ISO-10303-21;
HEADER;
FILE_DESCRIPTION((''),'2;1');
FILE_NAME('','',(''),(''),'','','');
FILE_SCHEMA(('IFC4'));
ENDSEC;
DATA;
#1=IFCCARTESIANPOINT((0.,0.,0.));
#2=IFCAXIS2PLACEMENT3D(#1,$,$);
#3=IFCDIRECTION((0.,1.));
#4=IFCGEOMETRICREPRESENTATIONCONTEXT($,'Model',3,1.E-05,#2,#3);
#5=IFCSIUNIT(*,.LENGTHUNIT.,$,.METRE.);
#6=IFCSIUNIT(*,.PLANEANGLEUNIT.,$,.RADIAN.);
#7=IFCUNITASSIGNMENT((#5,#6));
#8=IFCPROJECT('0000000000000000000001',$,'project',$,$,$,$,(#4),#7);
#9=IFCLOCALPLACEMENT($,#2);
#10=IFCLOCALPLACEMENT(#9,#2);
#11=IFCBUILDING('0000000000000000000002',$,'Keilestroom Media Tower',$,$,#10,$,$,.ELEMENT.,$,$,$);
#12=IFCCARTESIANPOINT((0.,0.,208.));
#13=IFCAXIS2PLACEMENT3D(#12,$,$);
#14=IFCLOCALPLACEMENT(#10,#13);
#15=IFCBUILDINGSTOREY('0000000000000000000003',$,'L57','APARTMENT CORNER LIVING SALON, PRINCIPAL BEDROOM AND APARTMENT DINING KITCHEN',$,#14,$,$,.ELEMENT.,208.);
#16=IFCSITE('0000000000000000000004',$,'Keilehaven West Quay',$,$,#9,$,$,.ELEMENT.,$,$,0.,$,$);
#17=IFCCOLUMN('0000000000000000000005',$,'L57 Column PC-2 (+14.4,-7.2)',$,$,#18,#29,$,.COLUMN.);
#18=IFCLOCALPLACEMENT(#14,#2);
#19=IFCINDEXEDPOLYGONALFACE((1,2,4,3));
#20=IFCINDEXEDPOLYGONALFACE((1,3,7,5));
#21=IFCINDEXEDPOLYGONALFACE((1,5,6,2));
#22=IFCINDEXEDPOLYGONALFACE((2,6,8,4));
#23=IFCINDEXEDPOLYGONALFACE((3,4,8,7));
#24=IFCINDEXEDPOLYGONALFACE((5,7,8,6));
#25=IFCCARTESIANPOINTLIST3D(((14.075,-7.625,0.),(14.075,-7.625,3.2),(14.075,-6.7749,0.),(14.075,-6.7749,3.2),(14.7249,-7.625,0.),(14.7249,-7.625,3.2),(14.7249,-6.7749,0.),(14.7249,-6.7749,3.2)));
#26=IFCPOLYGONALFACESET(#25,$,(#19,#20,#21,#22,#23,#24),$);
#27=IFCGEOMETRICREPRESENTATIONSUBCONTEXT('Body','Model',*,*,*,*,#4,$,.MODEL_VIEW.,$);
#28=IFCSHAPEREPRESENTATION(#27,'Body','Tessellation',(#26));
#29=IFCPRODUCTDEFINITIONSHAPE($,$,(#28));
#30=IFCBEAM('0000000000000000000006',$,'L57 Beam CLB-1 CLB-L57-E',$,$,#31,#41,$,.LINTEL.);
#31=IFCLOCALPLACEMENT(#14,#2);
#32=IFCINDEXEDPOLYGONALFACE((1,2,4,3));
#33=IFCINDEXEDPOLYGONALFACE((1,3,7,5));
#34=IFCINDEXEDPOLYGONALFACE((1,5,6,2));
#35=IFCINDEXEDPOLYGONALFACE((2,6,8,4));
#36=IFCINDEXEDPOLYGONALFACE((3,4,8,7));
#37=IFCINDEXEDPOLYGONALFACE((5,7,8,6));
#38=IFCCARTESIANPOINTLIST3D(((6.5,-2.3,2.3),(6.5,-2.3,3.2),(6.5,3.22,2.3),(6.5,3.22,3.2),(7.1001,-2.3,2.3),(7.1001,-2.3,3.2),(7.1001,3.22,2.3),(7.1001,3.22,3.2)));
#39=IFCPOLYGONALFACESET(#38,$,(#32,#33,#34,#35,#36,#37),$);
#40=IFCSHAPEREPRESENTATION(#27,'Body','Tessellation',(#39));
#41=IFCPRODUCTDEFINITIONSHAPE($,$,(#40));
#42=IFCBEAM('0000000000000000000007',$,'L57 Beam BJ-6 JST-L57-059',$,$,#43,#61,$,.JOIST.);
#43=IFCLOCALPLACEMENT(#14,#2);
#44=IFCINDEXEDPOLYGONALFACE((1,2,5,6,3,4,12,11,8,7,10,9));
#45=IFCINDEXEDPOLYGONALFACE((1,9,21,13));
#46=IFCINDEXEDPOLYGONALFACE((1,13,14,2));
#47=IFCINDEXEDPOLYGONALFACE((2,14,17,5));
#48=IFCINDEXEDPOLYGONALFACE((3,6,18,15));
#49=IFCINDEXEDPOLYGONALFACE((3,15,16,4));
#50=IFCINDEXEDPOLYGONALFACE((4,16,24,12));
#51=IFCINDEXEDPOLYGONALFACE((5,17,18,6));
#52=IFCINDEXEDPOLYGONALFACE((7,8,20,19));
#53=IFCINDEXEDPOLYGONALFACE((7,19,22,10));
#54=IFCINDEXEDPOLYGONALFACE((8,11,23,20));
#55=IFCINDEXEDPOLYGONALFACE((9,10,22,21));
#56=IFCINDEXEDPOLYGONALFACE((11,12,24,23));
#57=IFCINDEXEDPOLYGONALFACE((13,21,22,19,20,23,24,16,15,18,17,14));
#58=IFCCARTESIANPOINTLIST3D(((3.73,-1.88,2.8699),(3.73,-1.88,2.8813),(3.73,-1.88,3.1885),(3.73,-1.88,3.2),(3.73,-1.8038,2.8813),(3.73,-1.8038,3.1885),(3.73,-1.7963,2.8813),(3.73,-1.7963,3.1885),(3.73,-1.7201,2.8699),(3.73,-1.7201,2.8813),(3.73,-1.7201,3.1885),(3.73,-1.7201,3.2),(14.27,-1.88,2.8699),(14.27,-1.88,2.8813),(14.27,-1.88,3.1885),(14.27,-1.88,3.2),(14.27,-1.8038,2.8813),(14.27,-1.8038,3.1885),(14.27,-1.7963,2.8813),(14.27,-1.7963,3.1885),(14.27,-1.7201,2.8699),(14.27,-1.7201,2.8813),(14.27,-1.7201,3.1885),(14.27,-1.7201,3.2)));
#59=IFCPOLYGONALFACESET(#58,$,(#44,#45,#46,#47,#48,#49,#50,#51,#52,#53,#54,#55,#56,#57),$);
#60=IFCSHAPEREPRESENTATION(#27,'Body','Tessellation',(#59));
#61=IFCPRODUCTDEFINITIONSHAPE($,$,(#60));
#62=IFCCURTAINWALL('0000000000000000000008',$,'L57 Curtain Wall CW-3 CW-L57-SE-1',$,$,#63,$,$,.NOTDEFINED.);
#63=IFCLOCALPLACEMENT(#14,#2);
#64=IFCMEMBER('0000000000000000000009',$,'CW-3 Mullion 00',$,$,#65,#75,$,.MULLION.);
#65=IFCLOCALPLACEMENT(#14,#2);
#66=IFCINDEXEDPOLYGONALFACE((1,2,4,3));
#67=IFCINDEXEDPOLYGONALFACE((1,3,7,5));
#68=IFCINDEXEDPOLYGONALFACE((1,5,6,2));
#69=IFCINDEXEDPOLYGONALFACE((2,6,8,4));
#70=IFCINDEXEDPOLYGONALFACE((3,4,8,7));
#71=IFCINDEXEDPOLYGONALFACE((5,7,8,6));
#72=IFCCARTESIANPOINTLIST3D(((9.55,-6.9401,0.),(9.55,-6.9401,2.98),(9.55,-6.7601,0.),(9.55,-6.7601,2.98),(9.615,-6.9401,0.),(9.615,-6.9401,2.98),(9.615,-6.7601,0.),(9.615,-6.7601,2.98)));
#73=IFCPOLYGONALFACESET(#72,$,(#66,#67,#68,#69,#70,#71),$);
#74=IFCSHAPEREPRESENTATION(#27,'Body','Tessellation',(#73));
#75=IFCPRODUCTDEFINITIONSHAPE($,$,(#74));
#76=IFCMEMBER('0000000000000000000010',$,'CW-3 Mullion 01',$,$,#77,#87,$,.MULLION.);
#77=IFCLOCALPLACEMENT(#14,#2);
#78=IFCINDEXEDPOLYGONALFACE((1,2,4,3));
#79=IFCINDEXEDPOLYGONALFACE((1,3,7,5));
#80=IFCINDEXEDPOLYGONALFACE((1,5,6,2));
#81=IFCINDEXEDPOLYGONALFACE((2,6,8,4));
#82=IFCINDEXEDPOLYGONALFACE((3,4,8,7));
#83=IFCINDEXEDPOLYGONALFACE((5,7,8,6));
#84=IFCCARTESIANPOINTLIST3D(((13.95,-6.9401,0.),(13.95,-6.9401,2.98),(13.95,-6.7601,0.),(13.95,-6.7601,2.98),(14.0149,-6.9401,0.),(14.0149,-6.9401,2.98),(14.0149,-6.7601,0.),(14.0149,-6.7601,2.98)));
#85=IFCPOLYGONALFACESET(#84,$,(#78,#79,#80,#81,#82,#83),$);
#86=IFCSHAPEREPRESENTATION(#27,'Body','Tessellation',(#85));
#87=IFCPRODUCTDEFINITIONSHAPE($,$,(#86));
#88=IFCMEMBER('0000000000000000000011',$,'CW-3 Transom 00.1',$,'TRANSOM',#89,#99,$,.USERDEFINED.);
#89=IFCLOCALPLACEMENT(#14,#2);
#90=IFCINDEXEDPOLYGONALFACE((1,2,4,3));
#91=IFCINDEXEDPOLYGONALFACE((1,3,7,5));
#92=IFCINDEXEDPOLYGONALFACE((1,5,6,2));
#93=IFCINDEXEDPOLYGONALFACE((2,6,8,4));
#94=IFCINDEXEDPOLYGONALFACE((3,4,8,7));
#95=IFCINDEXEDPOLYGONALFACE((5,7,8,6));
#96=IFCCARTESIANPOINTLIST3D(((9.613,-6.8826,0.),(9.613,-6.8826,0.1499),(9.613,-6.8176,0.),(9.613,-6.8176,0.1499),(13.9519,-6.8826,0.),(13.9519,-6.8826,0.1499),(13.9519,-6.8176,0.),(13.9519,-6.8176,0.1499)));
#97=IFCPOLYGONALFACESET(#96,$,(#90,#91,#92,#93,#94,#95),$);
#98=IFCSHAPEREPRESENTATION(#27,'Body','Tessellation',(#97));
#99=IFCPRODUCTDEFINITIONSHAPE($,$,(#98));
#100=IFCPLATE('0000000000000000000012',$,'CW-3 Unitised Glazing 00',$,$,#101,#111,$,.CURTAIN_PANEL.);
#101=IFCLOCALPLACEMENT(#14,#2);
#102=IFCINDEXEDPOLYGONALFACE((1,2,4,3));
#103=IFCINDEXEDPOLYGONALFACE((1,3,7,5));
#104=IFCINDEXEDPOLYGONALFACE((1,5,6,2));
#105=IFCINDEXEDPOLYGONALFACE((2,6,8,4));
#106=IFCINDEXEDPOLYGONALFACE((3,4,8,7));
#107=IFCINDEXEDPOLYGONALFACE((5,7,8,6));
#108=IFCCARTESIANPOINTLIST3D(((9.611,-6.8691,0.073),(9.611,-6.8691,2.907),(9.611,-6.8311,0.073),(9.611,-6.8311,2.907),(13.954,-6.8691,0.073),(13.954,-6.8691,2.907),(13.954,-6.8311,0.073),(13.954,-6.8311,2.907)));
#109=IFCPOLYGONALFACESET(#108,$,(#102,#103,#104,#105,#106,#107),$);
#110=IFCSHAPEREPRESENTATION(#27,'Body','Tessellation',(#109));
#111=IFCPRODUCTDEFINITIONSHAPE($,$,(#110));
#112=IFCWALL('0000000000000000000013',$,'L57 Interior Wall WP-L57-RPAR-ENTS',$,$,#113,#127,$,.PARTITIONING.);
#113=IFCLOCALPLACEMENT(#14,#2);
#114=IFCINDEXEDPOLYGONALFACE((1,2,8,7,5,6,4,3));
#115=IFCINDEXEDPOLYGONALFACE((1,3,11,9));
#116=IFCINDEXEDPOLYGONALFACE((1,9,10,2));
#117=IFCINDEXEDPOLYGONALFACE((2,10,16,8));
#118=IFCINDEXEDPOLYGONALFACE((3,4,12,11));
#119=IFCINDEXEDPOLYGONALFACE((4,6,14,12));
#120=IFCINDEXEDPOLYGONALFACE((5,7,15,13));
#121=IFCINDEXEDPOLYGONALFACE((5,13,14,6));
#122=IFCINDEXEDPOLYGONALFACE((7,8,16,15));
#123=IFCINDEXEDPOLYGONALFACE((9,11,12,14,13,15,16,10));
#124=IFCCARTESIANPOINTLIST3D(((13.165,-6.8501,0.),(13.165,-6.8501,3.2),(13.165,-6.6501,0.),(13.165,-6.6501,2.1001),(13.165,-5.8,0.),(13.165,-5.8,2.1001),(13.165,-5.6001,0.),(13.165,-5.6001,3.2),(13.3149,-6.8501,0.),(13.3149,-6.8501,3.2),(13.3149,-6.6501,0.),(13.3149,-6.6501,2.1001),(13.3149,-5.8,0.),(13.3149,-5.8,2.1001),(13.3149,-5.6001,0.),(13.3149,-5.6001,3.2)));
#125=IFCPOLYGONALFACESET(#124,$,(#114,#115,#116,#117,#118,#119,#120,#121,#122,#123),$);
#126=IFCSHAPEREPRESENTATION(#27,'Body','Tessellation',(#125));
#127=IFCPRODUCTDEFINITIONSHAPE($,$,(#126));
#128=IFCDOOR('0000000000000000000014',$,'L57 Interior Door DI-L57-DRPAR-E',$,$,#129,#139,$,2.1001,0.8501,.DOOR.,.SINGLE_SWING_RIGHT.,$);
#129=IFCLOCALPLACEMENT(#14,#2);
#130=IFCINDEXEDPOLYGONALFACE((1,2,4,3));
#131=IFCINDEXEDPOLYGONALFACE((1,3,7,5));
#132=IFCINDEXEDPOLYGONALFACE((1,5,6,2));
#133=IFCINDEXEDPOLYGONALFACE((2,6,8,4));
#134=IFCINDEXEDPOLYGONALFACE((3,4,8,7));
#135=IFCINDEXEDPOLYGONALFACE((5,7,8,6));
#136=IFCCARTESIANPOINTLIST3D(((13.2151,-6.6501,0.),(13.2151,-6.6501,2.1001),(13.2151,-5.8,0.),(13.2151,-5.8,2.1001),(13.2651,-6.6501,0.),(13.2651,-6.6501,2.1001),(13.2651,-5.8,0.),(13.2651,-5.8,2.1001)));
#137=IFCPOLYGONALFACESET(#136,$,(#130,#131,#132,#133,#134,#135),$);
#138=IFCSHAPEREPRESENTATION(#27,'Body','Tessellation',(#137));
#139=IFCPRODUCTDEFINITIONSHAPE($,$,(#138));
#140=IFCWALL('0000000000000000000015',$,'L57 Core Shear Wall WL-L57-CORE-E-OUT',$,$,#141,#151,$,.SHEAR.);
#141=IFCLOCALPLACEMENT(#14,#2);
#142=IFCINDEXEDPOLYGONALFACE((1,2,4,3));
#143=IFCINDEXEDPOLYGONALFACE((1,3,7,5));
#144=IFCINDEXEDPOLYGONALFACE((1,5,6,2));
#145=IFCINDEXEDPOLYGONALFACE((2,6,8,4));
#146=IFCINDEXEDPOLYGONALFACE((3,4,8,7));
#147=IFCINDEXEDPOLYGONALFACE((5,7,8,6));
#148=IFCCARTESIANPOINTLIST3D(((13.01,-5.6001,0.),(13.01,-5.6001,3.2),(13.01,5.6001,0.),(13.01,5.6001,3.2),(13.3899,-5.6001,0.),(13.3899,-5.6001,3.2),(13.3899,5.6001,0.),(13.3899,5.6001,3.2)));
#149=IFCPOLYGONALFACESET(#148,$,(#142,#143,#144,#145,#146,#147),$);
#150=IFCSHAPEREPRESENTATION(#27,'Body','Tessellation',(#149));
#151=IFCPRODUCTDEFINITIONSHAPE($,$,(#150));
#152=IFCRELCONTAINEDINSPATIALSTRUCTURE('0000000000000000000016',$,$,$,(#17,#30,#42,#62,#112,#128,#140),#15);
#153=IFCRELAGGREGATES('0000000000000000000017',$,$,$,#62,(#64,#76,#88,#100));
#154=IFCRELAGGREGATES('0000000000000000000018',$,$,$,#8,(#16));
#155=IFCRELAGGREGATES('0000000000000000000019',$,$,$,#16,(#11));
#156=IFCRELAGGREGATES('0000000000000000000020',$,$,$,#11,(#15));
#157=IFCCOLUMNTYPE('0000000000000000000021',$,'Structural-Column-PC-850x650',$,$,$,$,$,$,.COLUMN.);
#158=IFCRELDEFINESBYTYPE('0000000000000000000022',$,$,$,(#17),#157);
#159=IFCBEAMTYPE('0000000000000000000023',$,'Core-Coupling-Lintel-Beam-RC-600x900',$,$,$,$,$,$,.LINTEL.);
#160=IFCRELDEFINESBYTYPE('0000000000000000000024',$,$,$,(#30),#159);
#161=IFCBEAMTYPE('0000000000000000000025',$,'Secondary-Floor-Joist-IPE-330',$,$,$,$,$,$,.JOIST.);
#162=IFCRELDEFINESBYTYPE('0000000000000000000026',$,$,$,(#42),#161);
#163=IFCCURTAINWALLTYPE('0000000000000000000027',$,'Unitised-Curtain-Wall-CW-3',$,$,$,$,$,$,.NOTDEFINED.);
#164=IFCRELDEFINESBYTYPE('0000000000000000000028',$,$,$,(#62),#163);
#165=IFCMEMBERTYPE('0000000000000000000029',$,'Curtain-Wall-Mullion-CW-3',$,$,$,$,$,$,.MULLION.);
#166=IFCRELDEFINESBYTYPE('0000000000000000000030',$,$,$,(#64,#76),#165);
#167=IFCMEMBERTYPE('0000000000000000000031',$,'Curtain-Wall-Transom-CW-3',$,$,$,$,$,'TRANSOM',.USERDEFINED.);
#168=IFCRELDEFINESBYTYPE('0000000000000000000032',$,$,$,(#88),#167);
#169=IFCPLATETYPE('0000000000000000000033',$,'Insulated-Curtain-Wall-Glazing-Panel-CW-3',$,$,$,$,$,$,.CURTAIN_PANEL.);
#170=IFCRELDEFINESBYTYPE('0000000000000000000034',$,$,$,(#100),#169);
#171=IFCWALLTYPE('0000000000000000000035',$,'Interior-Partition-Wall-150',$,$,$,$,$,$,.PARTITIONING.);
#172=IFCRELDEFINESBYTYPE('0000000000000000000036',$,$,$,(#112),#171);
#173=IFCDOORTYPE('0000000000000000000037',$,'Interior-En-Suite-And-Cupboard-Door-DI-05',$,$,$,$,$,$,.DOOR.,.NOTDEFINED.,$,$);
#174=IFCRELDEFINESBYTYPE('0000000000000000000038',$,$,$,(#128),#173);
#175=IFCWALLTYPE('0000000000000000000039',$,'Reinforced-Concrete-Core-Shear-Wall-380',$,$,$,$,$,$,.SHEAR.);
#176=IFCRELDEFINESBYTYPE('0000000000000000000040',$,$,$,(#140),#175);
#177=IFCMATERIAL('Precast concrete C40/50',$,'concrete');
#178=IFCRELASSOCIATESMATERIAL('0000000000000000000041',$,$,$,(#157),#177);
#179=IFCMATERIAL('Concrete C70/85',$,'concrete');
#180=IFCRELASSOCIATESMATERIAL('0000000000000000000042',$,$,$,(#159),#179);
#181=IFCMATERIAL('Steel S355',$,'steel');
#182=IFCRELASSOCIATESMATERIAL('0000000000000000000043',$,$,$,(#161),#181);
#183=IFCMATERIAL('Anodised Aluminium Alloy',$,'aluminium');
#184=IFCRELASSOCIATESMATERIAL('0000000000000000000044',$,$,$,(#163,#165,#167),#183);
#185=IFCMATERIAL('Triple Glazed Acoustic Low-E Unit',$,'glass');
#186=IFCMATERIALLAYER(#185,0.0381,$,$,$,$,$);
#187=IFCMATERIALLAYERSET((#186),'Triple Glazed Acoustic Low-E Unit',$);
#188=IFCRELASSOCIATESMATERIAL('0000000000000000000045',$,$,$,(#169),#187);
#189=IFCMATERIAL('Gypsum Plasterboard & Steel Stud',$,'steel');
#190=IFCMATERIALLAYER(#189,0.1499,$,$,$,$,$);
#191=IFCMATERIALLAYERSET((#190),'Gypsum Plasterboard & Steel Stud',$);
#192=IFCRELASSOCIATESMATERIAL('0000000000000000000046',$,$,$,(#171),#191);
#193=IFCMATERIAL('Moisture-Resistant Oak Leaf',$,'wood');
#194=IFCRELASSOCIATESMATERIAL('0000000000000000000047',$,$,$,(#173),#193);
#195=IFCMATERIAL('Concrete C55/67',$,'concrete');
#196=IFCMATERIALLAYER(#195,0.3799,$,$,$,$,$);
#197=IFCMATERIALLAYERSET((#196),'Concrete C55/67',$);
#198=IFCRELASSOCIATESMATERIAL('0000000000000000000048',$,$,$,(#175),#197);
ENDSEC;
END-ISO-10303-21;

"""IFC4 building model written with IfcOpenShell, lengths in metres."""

from ifc_helpers import new_model, si_unit, direction, frame, frame_2d, origin, origin_2d, place, context, subcontext, project, spatial, rectangle, i_section, extrude, source, transform, mapped, material, layer, layer_set, material_profile, profile_set, type_object, element, fill, aggregate, save


model = new_model("IFC4")

# Units and contexts
model_context = context("Model", 3, precision=1e-05, world=origin(), true_north=direction((0.0, 1.0)))
body_context = subcontext(model_context, "Body", "Model", "MODEL_VIEW")
ifc_project = project(units=[si_unit("LENGTHUNIT", "METRE"), si_unit("PLANEANGLEUNIT", "RADIAN")], contexts=[model_context])

# Site, building, storey
site_placement = place(None, origin())
site = spatial("IfcSite", under=ifc_project, at=site_placement, Name="Keilehaven West Quay", CompositionType="ELEMENT", RefElevation=0.0)
building_placement = place(site_placement, origin())
building = spatial("IfcBuilding", under=site, at=building_placement, Name="Keilestroom Media Tower", CompositionType="ELEMENT")
storey_placement = place(building_placement, frame((0.0, 0.0, 208.0)))
storey = spatial("IfcBuildingStorey", under=building, at=storey_placement, Name="L57", Description="APARTMENT CORNER LIVING SALON, PRINCIPAL BEDROOM AND APARTMENT DINING KITCHEN", CompositionType="ELEMENT", Elevation=208.0)

# Column
ifc_material_1 = material(Name="Precast concrete C40/50", Category="concrete")
ifc_material_profile_1 = material_profile(ifc_material_1, rectangle(XDim=0.6499, YDim=0.8501, at=origin_2d()), Name="PC 850x650")
ifc_profile_set_1 = profile_set([ifc_material_profile_1], Name="Precast concrete C40/50")
column_type = type_object("IfcColumnType", Name="Structural-Column-PC-850x650", PredefinedType="COLUMN", material=ifc_profile_set_1)
shared_shape_1 = source(origin(), body_context, "Body", "SweptSolid", [
    extrude(rectangle(XDim=0.6499, YDim=0.8501, at=origin_2d()), origin(), (0.0, 0.0, 1.0), 3.2),
])
column_placement = place(storey_placement, frame((14.3999, -7.2, 0.0), z_axis=(0.0, 0.0, 1.0), x_axis=(1.0, 0.0, 0.0)))
element("IfcColumn", 1, at=column_placement, inside=storey, type_object=column_type, Name="L57 Column PC-2 (+14.4,-7.2)", PredefinedType="COLUMN", context=body_context, shape_type="MappedRepresentation", body=[
    mapped(shared_shape_1, transform((0.0, 0.0, 0.0), x_axis=(1.0, 0.0, 0.0), y_axis=(0.0, 1.0, 0.0), z_axis=(0.0, 0.0, 1.0), scale=1.0)),
])

# Beams
ifc_material_2 = material(Name="Concrete C70/85", Category="concrete")
ifc_material_profile_2 = material_profile(ifc_material_2, rectangle(XDim=0.6001, YDim=0.8999, at=origin_2d()), Name="RC 600x900")
ifc_profile_set_2 = profile_set([ifc_material_profile_2], Name="Concrete C70/85")
beam_type_1 = type_object("IfcBeamType", Name="Core-Coupling-Lintel-Beam-RC-600x900", PredefinedType="LINTEL", material=ifc_profile_set_2)
shared_shape_2 = source(origin(), body_context, "Body", "SweptSolid", [
    extrude(rectangle(XDim=0.6001, YDim=0.8999, at=origin_2d()), origin(), (0.0, 0.0, 1.0), 5.52),
])
beam_1_placement = place(storey_placement, frame((6.8, -2.3, 2.75), z_axis=(0.0, 1.0, 0.0), x_axis=(-1.0, 0.0, 0.0)))
element("IfcBeam", 2, at=beam_1_placement, inside=storey, type_object=beam_type_1, Name="L57 Beam CLB-1 CLB-L57-E", PredefinedType="LINTEL", context=body_context, shape_type="MappedRepresentation", body=[
    mapped(shared_shape_2, transform((0.0, 0.0, 0.0), x_axis=(1.0, 0.0, 0.0), y_axis=(0.0, 1.0, 0.0), z_axis=(0.0, 0.0, 1.0), scale=1.0)),
])
ifc_material_3 = material(Name="Steel S355", Category="steel")
ifc_material_profile_3 = material_profile(ifc_material_3, i_section(OverallWidth=0.1599, OverallDepth=0.3301, WebThickness=0.0076, FlangeThickness=0.0115, at=origin_2d()), Name="IPE 330")
ifc_profile_set_3 = profile_set([ifc_material_profile_3], Name="Steel S355")
beam_type_2 = type_object("IfcBeamType", Name="Secondary-Floor-Joist-IPE-330", PredefinedType="JOIST", material=ifc_profile_set_3)
shared_shape_3 = source(origin(), body_context, "Body", "SweptSolid", [
    extrude(i_section(OverallWidth=0.1599, OverallDepth=0.3301, WebThickness=0.0076, FlangeThickness=0.0115, at=origin_2d()), origin(), (0.0, 0.0, 1.0), 10.54),
])
beam_2_placement = place(storey_placement, frame((3.73, -1.8, 3.0349), z_axis=(1.0, 0.0, 0.0), x_axis=(0.0, 1.0, 0.0)))
element("IfcBeam", 3, at=beam_2_placement, inside=storey, type_object=beam_type_2, Name="L57 Beam BJ-6 JST-L57-059", PredefinedType="JOIST", context=body_context, shape_type="MappedRepresentation", body=[
    mapped(shared_shape_3, transform((0.0, 0.0, 0.0), x_axis=(1.0, 0.0, 0.0), y_axis=(0.0, 1.0, 0.0), z_axis=(0.0, 0.0, 1.0), scale=1.0)),
])

# Curtain wall, members, plate
ifc_material_4 = material(Name="Anodised Aluminium Alloy", Category="aluminium")
curtain_wall_type = type_object("IfcCurtainWallType", Name="Unitised-Curtain-Wall-CW-3", PredefinedType="NOTDEFINED", material=ifc_material_4)
curtain_wall_placement = place(storey_placement, origin())
curtain_wall = element("IfcCurtainWall", 4, at=curtain_wall_placement, inside=storey, type_object=curtain_wall_type, Name="L57 Curtain Wall CW-3 CW-L57-SE-1", PredefinedType="NOTDEFINED")
ifc_material_profile_4 = material_profile(ifc_material_4, rectangle(XDim=0.0649, YDim=0.1799, at=origin_2d()), Name="ALU MULLION 65x180")
ifc_profile_set_4 = profile_set([ifc_material_profile_4], Name="Anodised Aluminium Alloy")
member_type_1 = type_object("IfcMemberType", Name="Curtain-Wall-Mullion-CW-3", PredefinedType="MULLION", material=ifc_profile_set_4)
shared_shape_4 = source(origin(), body_context, "Body", "SweptSolid", [
    extrude(rectangle(XDim=0.0649, YDim=0.1799, at=origin_2d()), origin(), (0.0, 0.0, 1.0), 2.98),
])
member_1_placement = place(storey_placement, frame((9.5825, -6.8501, 0.0), z_axis=(0.0, 0.0, 1.0), x_axis=(1.0, 0.0, 0.0)))
member_1 = element("IfcMember", 5, at=member_1_placement, type_object=member_type_1, Name="CW-3 Mullion 00", PredefinedType="MULLION", context=body_context, shape_type="MappedRepresentation", body=[
    mapped(shared_shape_4, transform((0.0, 0.0, 0.0), x_axis=(1.0, 0.0, 0.0), y_axis=(0.0, 1.0, 0.0), z_axis=(0.0, 0.0, 1.0), scale=1.0)),
])
member_2_placement = place(storey_placement, frame((13.9824, -6.8501, 0.0), z_axis=(0.0, 0.0, 1.0), x_axis=(1.0, 0.0, 0.0)))
member_2 = element("IfcMember", 6, at=member_2_placement, type_object=member_type_1, Name="CW-3 Mullion 01", PredefinedType="MULLION", context=body_context, shape_type="MappedRepresentation", body=[
    mapped(shared_shape_4, transform((0.0, 0.0, 0.0), x_axis=(1.0, 0.0, 0.0), y_axis=(0.0, 1.0, 0.0), z_axis=(0.0, 0.0, 1.0), scale=1.0)),
])
ifc_material_profile_5 = material_profile(ifc_material_4, rectangle(XDim=0.0649, YDim=0.1499, at=origin_2d()), Name="ALU TRANSOM 65x150")
ifc_profile_set_5 = profile_set([ifc_material_profile_5], Name="Anodised Aluminium Alloy")
member_type_2 = type_object("IfcMemberType", Name="Curtain-Wall-Transom-CW-3", ElementType="TRANSOM", PredefinedType="USERDEFINED", material=ifc_profile_set_5)
shared_shape_5 = source(origin(), body_context, "Body", "SweptSolid", [
    extrude(rectangle(XDim=0.0649, YDim=0.1499, at=origin_2d()), origin(), (0.0, 0.0, 1.0), 4.3389),
])
member_3_placement = place(storey_placement, frame((9.613, -6.8501, 0.075), z_axis=(1.0, 0.0, 0.0), x_axis=(0.0, 1.0, 0.0)))
member_3 = element("IfcMember", 7, at=member_3_placement, type_object=member_type_2, Name="CW-3 Transom 00.1", ObjectType="TRANSOM", PredefinedType="USERDEFINED", context=body_context, shape_type="MappedRepresentation", body=[
    mapped(shared_shape_5, transform((0.0, 0.0, 0.0), x_axis=(1.0, 0.0, 0.0), y_axis=(0.0, 1.0, 0.0), z_axis=(0.0, 0.0, 1.0), scale=1.0)),
])
ifc_material_5 = material(Name="Triple Glazed Acoustic Low-E Unit", Category="glass")
ifc_layer_1 = layer(ifc_material_5, 0.0381)
ifc_layer_set_1 = layer_set([ifc_layer_1], Name="Triple Glazed Acoustic Low-E Unit")
plate_type = type_object("IfcPlateType", Name="Insulated-Curtain-Wall-Glazing-Panel-CW-3", PredefinedType="CURTAIN_PANEL", material=ifc_layer_set_1)
shared_shape_6 = source(origin(), body_context, "Body", "SweptSolid", [
    extrude(rectangle(XDim=4.343, YDim=0.0381, at=origin_2d()), origin(), (0.0, 0.0, 1.0), 2.834),
])
plate_placement = place(storey_placement, frame((11.7825, -6.8501, 0.073), z_axis=(0.0, 0.0, 1.0), x_axis=(1.0, 0.0, 0.0)))
plate = element("IfcPlate", 8, at=plate_placement, type_object=plate_type, Name="CW-3 Unitised Glazing 00", PredefinedType="CURTAIN_PANEL", context=body_context, shape_type="MappedRepresentation", body=[
    mapped(shared_shape_6, transform((0.0, 0.0, 0.0), x_axis=(1.0, 0.0, 0.0), y_axis=(0.0, 1.0, 0.0), z_axis=(0.0, 0.0, 1.0), scale=1.0)),
])
aggregate(curtain_wall, [member_1, member_2, member_3, plate])

# Wall, opening, door
ifc_material_6 = material(Name="Gypsum Plasterboard & Steel Stud", Category="steel")
ifc_layer_2 = layer(ifc_material_6, 0.1499)
ifc_layer_set_2 = layer_set([ifc_layer_2], Name="Gypsum Plasterboard & Steel Stud")
wall_type_1 = type_object("IfcWallType", Name="Interior-Partition-Wall-150", PredefinedType="PARTITIONING", material=ifc_layer_set_2)
wall_1_placement = place(storey_placement, frame((13.24, -6.8501, 0.0), z_axis=(0.0, 0.0, 1.0), x_axis=(0.0, 1.0, 0.0)))
wall_1 = element("IfcWall", 9, at=wall_1_placement, inside=storey, type_object=wall_type_1, Name="L57 Interior Wall WP-L57-RPAR-ENTS", PredefinedType="PARTITIONING", context=body_context, shape_type="SweptSolid", body=[
    extrude(rectangle(XDim=1.25, YDim=0.1499, at=frame_2d((0.625, 0.0))), origin(), (0.0, 0.0, 1.0), 3.2),
])
opening_1_placement = place(wall_1_placement, frame((0.2, 0.0, 0.0)))
opening_1 = element("IfcOpeningElement", 10, at=opening_1_placement, cuts=wall_1, PredefinedType="OPENING", context=body_context, shape_type="SweptSolid", body=[
    extrude(rectangle(XDim=0.8501, YDim=2.1001, at=frame_2d((0.425, 1.05))), frame((0.0, 0.085, 0.0), z_axis=(0.0, -1.0, 0.0), x_axis=(1.0, 0.0, 0.0)), (0.0, 0.0, 1.0), 0.1699),
])
ifc_material_7 = material(Name="Moisture-Resistant Oak Leaf", Category="wood")
door_type_1 = type_object("IfcDoorType", Name="Interior-En-Suite-And-Cupboard-Door-DI-05", OperationType="NOTDEFINED", PredefinedType="DOOR", material=ifc_material_7)
shared_shape_7 = source(origin(), body_context, "Body", "SweptSolid", [
    extrude(rectangle(XDim=0.8501, YDim=2.1001, at=frame_2d((0.425, 1.05))), frame((0.0, 0.0249, 0.0), z_axis=(0.0, -1.0, 0.0), x_axis=(1.0, 0.0, 0.0)), (0.0, 0.0, 1.0), 0.05),
])
door_1_placement = place(opening_1_placement, origin())
door_1 = element("IfcDoor", 11, at=door_1_placement, inside=storey, type_object=door_type_1, Name="L57 Interior Door DI-L57-DRPAR-E", OperationType="SINGLE_SWING_RIGHT", OverallHeight=2.1001, OverallWidth=0.8501, PredefinedType="DOOR", context=body_context, shape_type="MappedRepresentation", body=[
    mapped(shared_shape_7, transform((0.0, 0.0, 0.0), x_axis=(1.0, 0.0, 0.0), y_axis=(0.0, 1.0, 0.0), z_axis=(0.0, 0.0, 1.0), scale=1.0)),
])
fill(opening_1, door_1)

# Wall
ifc_material_8 = material(Name="Concrete C55/67", Category="concrete")
ifc_layer_3 = layer(ifc_material_8, 0.3799)
ifc_layer_set_3 = layer_set([ifc_layer_3], Name="Concrete C55/67")
wall_type_2 = type_object("IfcWallType", Name="Reinforced-Concrete-Core-Shear-Wall-380", PredefinedType="SHEAR", material=ifc_layer_set_3)
wall_2_placement = place(storey_placement, frame((13.2, -5.6001, 0.0), z_axis=(0.0, 0.0, 1.0), x_axis=(0.0, 1.0, 0.0)))
element("IfcWall", 12, at=wall_2_placement, inside=storey, type_object=wall_type_2, Name="L57 Core Shear Wall WL-L57-CORE-E-OUT", PredefinedType="SHEAR", context=body_context, shape_type="SweptSolid", body=[
    extrude(rectangle(XDim=11.2002, YDim=0.3799, at=frame_2d((5.6001, 0.0))), origin(), (0.0, 0.0, 1.0), 3.2),
])

save(model, "model.ifc")
